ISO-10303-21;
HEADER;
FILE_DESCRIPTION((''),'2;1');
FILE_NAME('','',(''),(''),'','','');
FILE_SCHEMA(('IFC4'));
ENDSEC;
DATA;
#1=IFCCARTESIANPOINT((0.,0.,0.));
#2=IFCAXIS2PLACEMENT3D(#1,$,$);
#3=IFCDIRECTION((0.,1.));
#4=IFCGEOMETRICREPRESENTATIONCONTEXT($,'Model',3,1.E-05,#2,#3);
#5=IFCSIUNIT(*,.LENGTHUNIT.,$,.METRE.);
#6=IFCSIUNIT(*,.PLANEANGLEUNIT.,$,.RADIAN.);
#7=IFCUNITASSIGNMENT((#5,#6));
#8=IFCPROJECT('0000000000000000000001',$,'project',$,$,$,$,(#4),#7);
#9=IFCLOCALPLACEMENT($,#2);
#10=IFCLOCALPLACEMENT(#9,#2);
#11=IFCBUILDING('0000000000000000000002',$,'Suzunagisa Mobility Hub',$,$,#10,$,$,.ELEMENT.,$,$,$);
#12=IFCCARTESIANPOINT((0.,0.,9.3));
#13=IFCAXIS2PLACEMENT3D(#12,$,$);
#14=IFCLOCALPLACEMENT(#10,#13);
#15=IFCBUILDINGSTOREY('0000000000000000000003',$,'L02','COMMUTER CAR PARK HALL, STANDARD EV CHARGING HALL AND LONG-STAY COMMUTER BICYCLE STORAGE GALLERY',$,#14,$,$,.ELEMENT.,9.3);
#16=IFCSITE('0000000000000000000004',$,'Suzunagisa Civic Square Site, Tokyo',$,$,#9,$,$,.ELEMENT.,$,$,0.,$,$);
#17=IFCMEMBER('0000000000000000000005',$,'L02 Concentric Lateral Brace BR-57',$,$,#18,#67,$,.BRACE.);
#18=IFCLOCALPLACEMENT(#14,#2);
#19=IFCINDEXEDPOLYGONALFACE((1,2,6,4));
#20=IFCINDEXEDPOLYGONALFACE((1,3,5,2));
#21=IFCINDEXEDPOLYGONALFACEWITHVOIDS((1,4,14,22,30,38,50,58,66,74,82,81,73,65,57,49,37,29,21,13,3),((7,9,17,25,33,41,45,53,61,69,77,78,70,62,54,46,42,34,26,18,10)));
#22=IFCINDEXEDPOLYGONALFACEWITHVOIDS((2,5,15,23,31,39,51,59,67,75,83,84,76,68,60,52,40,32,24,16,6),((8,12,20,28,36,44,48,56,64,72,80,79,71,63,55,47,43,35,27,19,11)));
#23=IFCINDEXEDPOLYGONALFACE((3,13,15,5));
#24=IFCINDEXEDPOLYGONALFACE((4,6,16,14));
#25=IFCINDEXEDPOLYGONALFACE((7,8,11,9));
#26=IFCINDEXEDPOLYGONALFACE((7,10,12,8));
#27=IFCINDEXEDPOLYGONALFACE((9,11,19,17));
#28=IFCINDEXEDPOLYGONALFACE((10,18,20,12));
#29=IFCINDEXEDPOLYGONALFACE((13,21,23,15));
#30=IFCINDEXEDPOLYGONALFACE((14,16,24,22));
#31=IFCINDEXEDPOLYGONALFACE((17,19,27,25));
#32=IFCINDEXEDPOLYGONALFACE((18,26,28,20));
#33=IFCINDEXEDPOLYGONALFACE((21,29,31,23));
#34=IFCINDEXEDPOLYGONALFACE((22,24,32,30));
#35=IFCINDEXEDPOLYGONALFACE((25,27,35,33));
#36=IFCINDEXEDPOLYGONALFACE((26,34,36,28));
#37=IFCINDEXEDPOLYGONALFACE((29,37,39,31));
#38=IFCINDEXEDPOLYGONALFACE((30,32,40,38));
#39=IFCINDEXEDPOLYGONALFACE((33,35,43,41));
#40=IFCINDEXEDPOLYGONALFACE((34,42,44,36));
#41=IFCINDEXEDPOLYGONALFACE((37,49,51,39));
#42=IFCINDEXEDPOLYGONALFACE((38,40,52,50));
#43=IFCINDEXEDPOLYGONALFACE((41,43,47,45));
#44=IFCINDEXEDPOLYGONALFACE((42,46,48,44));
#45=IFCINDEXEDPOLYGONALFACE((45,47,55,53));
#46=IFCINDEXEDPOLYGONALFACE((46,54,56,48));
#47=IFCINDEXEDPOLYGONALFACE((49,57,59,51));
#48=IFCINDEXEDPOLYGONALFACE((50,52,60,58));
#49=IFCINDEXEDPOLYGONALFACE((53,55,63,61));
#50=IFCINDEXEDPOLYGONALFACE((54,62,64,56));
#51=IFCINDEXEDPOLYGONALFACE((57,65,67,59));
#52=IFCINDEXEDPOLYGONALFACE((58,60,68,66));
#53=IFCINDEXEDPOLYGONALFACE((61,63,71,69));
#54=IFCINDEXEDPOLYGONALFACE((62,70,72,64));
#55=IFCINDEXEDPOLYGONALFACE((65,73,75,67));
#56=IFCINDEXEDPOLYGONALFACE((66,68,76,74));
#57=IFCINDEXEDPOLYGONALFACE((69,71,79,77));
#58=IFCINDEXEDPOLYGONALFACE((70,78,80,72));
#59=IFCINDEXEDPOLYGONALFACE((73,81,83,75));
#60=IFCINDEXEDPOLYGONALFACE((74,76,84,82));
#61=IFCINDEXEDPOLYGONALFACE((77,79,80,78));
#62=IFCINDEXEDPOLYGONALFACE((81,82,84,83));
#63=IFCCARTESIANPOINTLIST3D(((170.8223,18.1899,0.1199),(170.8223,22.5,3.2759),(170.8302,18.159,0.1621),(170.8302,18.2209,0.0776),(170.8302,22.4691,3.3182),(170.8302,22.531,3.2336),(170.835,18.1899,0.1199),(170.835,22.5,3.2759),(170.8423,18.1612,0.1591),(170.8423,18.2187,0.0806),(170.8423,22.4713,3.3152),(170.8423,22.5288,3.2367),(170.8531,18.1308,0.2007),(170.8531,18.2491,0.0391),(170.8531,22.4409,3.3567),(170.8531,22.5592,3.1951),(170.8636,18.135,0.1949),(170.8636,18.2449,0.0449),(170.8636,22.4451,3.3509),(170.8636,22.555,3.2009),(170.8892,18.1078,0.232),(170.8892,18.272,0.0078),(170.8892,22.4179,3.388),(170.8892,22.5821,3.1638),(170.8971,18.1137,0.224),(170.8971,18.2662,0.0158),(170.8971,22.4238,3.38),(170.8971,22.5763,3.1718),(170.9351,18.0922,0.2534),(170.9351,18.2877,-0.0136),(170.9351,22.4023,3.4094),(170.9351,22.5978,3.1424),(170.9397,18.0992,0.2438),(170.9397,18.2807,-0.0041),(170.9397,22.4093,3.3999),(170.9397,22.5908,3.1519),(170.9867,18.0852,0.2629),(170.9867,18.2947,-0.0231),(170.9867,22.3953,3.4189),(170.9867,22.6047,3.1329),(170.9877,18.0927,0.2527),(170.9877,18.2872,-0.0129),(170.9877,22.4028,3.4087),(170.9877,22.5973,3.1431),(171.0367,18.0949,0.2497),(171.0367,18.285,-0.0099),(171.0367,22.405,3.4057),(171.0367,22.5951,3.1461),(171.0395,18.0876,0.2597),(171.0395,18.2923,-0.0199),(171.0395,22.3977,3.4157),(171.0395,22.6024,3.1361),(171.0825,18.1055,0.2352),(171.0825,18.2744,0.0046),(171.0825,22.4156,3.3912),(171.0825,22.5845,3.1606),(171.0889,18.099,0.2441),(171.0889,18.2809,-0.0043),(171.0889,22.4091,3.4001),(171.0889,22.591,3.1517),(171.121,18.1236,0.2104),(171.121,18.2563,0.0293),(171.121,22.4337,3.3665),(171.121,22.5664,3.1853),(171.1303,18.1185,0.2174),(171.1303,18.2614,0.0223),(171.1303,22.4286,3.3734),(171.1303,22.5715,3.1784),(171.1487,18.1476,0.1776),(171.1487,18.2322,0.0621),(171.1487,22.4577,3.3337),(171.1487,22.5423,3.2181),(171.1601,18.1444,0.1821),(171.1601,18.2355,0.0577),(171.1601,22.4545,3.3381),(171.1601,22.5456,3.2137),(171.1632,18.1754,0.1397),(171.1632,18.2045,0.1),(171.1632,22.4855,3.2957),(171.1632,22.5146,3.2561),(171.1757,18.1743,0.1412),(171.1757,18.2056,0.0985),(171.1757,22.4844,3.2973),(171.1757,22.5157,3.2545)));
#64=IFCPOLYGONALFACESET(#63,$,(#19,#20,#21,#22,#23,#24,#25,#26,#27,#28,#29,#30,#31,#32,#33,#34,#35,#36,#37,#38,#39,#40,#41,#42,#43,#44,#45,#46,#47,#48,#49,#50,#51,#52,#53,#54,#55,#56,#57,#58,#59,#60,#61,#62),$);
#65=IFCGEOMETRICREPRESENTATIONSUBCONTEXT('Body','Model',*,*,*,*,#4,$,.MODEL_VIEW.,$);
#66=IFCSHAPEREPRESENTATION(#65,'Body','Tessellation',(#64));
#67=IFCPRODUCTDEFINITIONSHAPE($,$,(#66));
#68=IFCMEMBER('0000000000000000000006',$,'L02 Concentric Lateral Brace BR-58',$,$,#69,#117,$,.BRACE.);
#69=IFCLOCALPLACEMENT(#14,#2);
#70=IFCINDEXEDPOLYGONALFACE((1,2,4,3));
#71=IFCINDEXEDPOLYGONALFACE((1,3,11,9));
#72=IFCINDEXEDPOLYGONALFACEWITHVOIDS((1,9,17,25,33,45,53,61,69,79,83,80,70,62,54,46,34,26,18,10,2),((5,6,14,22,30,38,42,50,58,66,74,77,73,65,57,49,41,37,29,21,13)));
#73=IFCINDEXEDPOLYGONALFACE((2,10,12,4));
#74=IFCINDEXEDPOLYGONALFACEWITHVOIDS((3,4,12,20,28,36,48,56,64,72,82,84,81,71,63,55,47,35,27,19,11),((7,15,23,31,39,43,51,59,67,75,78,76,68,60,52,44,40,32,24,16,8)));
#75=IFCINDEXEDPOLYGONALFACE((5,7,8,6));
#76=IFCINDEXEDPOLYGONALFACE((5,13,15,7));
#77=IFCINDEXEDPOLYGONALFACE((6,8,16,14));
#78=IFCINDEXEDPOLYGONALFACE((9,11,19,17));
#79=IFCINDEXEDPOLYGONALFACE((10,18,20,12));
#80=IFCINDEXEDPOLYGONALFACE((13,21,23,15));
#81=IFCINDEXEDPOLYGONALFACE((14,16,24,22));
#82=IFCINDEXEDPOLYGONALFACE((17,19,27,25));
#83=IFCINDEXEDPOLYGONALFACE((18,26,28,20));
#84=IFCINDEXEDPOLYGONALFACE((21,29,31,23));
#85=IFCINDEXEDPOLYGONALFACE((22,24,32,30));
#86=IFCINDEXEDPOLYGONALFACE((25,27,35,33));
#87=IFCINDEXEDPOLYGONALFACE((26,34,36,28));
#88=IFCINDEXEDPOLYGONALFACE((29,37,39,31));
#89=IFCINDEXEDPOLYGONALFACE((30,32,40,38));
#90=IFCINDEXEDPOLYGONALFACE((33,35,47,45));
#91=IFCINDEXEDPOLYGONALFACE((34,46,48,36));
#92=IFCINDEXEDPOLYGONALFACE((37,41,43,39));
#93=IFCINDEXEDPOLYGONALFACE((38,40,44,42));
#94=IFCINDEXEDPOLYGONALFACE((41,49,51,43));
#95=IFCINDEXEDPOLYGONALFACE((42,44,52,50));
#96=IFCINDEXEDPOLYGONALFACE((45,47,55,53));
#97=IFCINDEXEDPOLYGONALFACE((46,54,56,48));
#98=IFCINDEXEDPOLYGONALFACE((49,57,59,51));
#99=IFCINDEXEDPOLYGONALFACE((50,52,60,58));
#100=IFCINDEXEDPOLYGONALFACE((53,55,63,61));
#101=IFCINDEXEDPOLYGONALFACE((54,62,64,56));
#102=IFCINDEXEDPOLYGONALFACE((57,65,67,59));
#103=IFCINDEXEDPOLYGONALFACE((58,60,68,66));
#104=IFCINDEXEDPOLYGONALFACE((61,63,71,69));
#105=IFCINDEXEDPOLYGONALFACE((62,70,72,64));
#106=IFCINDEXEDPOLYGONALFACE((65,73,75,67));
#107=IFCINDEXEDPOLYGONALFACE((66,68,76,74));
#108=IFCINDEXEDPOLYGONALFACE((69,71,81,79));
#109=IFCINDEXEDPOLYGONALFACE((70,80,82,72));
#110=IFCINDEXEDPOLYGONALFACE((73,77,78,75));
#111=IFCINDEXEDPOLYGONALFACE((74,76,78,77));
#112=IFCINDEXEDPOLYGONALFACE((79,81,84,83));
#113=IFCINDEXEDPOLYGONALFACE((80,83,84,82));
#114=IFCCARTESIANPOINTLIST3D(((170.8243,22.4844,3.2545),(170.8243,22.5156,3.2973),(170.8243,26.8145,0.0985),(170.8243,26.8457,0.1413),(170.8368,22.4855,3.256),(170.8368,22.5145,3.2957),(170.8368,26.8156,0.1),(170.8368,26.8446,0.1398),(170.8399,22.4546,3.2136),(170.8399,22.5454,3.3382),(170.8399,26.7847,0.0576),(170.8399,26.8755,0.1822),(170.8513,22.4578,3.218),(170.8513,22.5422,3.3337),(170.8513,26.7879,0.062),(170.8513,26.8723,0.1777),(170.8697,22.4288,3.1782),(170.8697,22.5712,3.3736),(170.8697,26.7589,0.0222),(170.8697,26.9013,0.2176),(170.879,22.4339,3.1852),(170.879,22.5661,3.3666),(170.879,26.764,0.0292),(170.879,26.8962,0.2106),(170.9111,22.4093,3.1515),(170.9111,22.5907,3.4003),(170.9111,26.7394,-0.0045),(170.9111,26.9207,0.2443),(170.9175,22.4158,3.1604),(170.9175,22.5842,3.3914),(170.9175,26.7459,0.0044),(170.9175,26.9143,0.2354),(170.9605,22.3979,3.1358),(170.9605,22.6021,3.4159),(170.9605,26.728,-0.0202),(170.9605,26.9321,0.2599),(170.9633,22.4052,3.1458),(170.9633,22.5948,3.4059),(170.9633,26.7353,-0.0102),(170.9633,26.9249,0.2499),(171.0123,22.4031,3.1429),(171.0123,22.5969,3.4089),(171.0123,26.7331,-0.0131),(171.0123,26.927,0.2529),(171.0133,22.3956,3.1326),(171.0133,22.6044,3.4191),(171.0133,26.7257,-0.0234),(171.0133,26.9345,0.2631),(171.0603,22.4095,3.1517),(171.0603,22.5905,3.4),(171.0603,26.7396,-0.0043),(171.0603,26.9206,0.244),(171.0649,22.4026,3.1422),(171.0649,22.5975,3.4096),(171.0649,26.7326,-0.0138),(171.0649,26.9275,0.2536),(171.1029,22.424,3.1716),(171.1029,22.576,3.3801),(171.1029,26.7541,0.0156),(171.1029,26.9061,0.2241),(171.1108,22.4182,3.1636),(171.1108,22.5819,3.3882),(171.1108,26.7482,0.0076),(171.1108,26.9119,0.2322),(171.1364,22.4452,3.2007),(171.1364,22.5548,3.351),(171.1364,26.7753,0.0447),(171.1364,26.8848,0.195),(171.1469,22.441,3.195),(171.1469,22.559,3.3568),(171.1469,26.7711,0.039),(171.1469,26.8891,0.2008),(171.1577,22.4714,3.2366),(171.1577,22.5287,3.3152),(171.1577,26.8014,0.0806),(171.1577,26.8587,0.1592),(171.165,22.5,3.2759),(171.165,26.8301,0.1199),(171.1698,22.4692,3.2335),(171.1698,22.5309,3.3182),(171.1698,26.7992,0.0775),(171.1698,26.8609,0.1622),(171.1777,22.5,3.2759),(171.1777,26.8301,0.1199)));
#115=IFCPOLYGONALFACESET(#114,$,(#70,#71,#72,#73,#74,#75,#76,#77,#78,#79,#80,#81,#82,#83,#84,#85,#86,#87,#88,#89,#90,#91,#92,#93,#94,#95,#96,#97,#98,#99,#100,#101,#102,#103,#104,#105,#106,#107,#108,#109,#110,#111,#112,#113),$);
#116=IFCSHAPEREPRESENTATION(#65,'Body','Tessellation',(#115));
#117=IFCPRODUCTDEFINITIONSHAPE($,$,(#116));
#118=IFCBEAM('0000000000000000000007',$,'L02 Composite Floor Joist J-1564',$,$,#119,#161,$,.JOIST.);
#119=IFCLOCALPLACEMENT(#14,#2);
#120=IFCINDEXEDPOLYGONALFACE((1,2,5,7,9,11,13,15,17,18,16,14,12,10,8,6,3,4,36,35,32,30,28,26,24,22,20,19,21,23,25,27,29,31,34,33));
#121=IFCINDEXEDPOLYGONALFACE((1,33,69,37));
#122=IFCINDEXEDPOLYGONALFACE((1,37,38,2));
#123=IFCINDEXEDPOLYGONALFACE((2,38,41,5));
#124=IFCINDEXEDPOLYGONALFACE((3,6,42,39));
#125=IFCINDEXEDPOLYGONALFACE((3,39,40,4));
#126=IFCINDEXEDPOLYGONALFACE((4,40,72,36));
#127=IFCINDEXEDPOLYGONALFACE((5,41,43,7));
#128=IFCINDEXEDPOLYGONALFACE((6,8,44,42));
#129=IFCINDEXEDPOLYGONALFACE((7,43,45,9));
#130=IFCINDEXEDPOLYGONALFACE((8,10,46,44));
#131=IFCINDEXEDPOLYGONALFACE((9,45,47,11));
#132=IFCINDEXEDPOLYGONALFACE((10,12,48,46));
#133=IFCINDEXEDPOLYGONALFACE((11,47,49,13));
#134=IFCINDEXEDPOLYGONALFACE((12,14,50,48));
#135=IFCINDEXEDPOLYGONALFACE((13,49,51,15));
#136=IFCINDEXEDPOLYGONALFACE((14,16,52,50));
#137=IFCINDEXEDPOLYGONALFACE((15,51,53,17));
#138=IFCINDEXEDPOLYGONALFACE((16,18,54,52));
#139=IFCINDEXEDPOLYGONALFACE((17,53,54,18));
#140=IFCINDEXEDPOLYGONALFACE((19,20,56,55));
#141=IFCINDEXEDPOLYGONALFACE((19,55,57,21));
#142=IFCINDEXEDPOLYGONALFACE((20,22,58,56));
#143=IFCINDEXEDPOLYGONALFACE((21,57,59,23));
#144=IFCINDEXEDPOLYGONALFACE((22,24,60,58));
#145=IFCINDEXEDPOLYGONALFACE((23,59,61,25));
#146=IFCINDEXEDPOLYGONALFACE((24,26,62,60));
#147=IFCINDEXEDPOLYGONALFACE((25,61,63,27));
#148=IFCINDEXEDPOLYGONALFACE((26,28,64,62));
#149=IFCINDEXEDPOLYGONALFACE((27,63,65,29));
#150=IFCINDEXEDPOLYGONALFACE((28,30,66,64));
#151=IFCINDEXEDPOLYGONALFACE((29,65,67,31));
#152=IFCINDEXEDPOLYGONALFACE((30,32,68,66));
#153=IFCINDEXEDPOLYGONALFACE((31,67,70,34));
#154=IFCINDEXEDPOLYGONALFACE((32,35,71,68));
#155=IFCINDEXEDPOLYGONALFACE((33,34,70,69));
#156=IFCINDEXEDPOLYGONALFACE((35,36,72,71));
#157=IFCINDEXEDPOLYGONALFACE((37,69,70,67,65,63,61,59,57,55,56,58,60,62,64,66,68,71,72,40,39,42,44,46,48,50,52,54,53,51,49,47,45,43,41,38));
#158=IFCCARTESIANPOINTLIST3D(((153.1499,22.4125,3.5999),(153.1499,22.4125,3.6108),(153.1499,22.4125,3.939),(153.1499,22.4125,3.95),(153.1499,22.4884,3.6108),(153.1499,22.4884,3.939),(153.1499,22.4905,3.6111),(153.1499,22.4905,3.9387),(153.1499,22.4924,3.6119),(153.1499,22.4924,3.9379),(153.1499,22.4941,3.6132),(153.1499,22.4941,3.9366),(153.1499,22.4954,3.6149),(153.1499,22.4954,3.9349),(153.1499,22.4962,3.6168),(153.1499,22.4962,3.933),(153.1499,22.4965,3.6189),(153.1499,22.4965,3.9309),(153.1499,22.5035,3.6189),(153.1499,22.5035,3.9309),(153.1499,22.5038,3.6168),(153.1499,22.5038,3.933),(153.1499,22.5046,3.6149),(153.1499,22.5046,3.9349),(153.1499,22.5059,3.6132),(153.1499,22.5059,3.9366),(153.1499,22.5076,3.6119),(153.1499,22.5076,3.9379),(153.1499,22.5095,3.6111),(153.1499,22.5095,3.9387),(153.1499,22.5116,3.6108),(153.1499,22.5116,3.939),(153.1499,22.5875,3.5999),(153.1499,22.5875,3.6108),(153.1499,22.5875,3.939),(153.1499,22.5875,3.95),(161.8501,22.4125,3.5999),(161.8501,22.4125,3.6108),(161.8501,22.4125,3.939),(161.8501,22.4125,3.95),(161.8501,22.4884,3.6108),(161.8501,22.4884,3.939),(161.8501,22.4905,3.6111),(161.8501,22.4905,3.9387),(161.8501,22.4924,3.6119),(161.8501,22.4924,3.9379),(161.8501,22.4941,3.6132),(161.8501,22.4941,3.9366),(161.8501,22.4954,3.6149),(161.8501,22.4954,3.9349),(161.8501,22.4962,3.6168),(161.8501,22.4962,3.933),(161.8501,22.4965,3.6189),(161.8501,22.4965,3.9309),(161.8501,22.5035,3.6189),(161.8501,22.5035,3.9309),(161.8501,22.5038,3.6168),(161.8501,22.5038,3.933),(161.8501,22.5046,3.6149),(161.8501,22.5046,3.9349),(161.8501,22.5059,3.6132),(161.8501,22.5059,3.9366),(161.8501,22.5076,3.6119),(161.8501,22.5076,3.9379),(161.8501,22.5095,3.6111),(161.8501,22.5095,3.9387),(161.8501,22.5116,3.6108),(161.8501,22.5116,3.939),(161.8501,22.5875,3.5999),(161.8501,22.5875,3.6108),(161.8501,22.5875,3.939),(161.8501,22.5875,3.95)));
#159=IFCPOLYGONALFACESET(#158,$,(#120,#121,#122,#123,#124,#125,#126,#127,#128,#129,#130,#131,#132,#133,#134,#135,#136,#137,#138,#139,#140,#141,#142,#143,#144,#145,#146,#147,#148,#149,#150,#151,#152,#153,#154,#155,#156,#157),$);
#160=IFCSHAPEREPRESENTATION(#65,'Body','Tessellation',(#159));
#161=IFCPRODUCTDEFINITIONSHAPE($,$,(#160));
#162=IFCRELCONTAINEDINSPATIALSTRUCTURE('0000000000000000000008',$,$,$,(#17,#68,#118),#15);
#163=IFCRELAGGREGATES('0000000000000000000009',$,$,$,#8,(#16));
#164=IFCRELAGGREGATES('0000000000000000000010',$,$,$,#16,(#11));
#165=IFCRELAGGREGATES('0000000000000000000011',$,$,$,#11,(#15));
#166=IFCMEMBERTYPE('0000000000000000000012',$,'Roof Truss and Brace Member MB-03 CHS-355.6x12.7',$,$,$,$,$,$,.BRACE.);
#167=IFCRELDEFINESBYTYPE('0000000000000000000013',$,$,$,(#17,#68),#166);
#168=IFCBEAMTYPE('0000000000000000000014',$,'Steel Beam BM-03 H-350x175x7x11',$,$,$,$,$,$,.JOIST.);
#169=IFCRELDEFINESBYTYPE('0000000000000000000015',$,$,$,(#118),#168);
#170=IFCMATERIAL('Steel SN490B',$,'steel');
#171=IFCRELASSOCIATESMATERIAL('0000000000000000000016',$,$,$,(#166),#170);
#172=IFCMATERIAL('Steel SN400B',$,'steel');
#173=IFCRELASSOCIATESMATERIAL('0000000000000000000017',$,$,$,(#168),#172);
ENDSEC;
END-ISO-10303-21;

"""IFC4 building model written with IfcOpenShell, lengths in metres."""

from ifc_helpers import new_model, si_unit, direction, frame, origin, origin_2d, place, context, subcontext, project, spatial, hollow_circle, i_section, extrude, material, material_profile, profile_set, type_object, element, save


model = new_model("IFC4")

# Units and contexts
model_context = context("Model", 3, precision=1e-05, world=origin(), true_north=direction((0.0, 1.0)))
body_context = subcontext(model_context, "Body", "Model", "MODEL_VIEW")
ifc_project = project(units=[si_unit("LENGTHUNIT", "METRE"), si_unit("PLANEANGLEUNIT", "RADIAN")], contexts=[model_context])

# Site, building, storey
site_placement = place(None, origin())
site = spatial("IfcSite", under=ifc_project, at=site_placement, Name="Suzunagisa Civic Square Site, Tokyo", CompositionType="ELEMENT", RefElevation=0.0)
building_placement = place(site_placement, origin())
building = spatial("IfcBuilding", under=site, at=building_placement, Name="Suzunagisa Mobility Hub", CompositionType="ELEMENT")
storey_placement = place(building_placement, frame((0.0, 0.0, 9.3)))
storey = spatial("IfcBuildingStorey", under=building, at=storey_placement, Name="L02", Description="COMMUTER CAR PARK HALL, STANDARD EV CHARGING HALL AND LONG-STAY COMMUTER BICYCLE STORAGE GALLERY", CompositionType="ELEMENT", Elevation=9.3)

# Shared definitions
ifc_material_1 = material(Name="Steel SN490B", Category="steel")

# Members
ifc_material_profile_1 = material_profile(ifc_material_1, hollow_circle(Radius=0.1777, WallThickness=0.0127, at=origin_2d()), Name="CHS-355.6x12.7")
ifc_profile_set_1 = profile_set([ifc_material_profile_1], Name="Steel SN490B")
member_type = type_object("IfcMemberType", Name="Roof Truss and Brace Member MB-03 CHS-355.6x12.7", PredefinedType="BRACE", material=ifc_profile_set_1)
member_1_placement = place(storey_placement, frame((171.0, 18.1899, 0.1199), z_axis=(0.0, 0.806825, 0.590791), x_axis=(-1.0, 0.0, 0.0)))
element("IfcMember", 1, at=member_1_placement, inside=storey, type_object=member_type, Name="L02 Concentric Lateral Brace BR-57", PredefinedType="BRACE", context=body_context, shape_type="SweptSolid", body=[
    extrude(hollow_circle(Radius=0.1777, WallThickness=0.0127, at=origin_2d()), origin(), (0.0, 0.0, 1.0), 5.342),
])
member_2_placement = place(storey_placement, frame((171.0, 26.8301, 0.1199), z_axis=(0.0, -0.808127, 0.589009), x_axis=(1.0, 0.0, 0.0)))
element("IfcMember", 2, at=member_2_placement, inside=storey, type_object=member_type, Name="L02 Concentric Lateral Brace BR-58", PredefinedType="BRACE", context=body_context, shape_type="SweptSolid", body=[
    extrude(hollow_circle(Radius=0.1777, WallThickness=0.0127, at=origin_2d()), origin(), (0.0, 0.0, 1.0), 5.3582),
])

# Beam
ifc_material_2 = material(Name="Steel SN400B", Category="steel")
ifc_material_profile_2 = material_profile(ifc_material_2, i_section(OverallWidth=0.175, OverallDepth=0.3501, WebThickness=0.0071, FlangeThickness=0.011, FilletRadius=0.0081, at=origin_2d()), Name="H-350x175x7x11")
ifc_profile_set_2 = profile_set([ifc_material_profile_2], Name="Steel SN400B")
beam_type_1 = type_object("IfcBeamType", Name="Steel Beam BM-03 H-350x175x7x11", PredefinedType="JOIST", material=ifc_profile_set_2)
beam_placement = place(storey_placement, frame((153.1499, 22.5, 3.7749), z_axis=(1.0, 0.0, 0.0), x_axis=(0.0, 1.0, 0.0)))
element("IfcBeam", 3, at=beam_placement, inside=storey, type_object=beam_type_1, Name="L02 Composite Floor Joist J-1564", PredefinedType="JOIST", context=body_context, shape_type="SweptSolid", body=[
    extrude(i_section(OverallWidth=0.175, OverallDepth=0.3501, WebThickness=0.0071, FlangeThickness=0.011, FilletRadius=0.0081, at=origin_2d()), origin(), (0.0, 0.0, 1.0), 8.7002),
])

save(model, "model.ifc")
